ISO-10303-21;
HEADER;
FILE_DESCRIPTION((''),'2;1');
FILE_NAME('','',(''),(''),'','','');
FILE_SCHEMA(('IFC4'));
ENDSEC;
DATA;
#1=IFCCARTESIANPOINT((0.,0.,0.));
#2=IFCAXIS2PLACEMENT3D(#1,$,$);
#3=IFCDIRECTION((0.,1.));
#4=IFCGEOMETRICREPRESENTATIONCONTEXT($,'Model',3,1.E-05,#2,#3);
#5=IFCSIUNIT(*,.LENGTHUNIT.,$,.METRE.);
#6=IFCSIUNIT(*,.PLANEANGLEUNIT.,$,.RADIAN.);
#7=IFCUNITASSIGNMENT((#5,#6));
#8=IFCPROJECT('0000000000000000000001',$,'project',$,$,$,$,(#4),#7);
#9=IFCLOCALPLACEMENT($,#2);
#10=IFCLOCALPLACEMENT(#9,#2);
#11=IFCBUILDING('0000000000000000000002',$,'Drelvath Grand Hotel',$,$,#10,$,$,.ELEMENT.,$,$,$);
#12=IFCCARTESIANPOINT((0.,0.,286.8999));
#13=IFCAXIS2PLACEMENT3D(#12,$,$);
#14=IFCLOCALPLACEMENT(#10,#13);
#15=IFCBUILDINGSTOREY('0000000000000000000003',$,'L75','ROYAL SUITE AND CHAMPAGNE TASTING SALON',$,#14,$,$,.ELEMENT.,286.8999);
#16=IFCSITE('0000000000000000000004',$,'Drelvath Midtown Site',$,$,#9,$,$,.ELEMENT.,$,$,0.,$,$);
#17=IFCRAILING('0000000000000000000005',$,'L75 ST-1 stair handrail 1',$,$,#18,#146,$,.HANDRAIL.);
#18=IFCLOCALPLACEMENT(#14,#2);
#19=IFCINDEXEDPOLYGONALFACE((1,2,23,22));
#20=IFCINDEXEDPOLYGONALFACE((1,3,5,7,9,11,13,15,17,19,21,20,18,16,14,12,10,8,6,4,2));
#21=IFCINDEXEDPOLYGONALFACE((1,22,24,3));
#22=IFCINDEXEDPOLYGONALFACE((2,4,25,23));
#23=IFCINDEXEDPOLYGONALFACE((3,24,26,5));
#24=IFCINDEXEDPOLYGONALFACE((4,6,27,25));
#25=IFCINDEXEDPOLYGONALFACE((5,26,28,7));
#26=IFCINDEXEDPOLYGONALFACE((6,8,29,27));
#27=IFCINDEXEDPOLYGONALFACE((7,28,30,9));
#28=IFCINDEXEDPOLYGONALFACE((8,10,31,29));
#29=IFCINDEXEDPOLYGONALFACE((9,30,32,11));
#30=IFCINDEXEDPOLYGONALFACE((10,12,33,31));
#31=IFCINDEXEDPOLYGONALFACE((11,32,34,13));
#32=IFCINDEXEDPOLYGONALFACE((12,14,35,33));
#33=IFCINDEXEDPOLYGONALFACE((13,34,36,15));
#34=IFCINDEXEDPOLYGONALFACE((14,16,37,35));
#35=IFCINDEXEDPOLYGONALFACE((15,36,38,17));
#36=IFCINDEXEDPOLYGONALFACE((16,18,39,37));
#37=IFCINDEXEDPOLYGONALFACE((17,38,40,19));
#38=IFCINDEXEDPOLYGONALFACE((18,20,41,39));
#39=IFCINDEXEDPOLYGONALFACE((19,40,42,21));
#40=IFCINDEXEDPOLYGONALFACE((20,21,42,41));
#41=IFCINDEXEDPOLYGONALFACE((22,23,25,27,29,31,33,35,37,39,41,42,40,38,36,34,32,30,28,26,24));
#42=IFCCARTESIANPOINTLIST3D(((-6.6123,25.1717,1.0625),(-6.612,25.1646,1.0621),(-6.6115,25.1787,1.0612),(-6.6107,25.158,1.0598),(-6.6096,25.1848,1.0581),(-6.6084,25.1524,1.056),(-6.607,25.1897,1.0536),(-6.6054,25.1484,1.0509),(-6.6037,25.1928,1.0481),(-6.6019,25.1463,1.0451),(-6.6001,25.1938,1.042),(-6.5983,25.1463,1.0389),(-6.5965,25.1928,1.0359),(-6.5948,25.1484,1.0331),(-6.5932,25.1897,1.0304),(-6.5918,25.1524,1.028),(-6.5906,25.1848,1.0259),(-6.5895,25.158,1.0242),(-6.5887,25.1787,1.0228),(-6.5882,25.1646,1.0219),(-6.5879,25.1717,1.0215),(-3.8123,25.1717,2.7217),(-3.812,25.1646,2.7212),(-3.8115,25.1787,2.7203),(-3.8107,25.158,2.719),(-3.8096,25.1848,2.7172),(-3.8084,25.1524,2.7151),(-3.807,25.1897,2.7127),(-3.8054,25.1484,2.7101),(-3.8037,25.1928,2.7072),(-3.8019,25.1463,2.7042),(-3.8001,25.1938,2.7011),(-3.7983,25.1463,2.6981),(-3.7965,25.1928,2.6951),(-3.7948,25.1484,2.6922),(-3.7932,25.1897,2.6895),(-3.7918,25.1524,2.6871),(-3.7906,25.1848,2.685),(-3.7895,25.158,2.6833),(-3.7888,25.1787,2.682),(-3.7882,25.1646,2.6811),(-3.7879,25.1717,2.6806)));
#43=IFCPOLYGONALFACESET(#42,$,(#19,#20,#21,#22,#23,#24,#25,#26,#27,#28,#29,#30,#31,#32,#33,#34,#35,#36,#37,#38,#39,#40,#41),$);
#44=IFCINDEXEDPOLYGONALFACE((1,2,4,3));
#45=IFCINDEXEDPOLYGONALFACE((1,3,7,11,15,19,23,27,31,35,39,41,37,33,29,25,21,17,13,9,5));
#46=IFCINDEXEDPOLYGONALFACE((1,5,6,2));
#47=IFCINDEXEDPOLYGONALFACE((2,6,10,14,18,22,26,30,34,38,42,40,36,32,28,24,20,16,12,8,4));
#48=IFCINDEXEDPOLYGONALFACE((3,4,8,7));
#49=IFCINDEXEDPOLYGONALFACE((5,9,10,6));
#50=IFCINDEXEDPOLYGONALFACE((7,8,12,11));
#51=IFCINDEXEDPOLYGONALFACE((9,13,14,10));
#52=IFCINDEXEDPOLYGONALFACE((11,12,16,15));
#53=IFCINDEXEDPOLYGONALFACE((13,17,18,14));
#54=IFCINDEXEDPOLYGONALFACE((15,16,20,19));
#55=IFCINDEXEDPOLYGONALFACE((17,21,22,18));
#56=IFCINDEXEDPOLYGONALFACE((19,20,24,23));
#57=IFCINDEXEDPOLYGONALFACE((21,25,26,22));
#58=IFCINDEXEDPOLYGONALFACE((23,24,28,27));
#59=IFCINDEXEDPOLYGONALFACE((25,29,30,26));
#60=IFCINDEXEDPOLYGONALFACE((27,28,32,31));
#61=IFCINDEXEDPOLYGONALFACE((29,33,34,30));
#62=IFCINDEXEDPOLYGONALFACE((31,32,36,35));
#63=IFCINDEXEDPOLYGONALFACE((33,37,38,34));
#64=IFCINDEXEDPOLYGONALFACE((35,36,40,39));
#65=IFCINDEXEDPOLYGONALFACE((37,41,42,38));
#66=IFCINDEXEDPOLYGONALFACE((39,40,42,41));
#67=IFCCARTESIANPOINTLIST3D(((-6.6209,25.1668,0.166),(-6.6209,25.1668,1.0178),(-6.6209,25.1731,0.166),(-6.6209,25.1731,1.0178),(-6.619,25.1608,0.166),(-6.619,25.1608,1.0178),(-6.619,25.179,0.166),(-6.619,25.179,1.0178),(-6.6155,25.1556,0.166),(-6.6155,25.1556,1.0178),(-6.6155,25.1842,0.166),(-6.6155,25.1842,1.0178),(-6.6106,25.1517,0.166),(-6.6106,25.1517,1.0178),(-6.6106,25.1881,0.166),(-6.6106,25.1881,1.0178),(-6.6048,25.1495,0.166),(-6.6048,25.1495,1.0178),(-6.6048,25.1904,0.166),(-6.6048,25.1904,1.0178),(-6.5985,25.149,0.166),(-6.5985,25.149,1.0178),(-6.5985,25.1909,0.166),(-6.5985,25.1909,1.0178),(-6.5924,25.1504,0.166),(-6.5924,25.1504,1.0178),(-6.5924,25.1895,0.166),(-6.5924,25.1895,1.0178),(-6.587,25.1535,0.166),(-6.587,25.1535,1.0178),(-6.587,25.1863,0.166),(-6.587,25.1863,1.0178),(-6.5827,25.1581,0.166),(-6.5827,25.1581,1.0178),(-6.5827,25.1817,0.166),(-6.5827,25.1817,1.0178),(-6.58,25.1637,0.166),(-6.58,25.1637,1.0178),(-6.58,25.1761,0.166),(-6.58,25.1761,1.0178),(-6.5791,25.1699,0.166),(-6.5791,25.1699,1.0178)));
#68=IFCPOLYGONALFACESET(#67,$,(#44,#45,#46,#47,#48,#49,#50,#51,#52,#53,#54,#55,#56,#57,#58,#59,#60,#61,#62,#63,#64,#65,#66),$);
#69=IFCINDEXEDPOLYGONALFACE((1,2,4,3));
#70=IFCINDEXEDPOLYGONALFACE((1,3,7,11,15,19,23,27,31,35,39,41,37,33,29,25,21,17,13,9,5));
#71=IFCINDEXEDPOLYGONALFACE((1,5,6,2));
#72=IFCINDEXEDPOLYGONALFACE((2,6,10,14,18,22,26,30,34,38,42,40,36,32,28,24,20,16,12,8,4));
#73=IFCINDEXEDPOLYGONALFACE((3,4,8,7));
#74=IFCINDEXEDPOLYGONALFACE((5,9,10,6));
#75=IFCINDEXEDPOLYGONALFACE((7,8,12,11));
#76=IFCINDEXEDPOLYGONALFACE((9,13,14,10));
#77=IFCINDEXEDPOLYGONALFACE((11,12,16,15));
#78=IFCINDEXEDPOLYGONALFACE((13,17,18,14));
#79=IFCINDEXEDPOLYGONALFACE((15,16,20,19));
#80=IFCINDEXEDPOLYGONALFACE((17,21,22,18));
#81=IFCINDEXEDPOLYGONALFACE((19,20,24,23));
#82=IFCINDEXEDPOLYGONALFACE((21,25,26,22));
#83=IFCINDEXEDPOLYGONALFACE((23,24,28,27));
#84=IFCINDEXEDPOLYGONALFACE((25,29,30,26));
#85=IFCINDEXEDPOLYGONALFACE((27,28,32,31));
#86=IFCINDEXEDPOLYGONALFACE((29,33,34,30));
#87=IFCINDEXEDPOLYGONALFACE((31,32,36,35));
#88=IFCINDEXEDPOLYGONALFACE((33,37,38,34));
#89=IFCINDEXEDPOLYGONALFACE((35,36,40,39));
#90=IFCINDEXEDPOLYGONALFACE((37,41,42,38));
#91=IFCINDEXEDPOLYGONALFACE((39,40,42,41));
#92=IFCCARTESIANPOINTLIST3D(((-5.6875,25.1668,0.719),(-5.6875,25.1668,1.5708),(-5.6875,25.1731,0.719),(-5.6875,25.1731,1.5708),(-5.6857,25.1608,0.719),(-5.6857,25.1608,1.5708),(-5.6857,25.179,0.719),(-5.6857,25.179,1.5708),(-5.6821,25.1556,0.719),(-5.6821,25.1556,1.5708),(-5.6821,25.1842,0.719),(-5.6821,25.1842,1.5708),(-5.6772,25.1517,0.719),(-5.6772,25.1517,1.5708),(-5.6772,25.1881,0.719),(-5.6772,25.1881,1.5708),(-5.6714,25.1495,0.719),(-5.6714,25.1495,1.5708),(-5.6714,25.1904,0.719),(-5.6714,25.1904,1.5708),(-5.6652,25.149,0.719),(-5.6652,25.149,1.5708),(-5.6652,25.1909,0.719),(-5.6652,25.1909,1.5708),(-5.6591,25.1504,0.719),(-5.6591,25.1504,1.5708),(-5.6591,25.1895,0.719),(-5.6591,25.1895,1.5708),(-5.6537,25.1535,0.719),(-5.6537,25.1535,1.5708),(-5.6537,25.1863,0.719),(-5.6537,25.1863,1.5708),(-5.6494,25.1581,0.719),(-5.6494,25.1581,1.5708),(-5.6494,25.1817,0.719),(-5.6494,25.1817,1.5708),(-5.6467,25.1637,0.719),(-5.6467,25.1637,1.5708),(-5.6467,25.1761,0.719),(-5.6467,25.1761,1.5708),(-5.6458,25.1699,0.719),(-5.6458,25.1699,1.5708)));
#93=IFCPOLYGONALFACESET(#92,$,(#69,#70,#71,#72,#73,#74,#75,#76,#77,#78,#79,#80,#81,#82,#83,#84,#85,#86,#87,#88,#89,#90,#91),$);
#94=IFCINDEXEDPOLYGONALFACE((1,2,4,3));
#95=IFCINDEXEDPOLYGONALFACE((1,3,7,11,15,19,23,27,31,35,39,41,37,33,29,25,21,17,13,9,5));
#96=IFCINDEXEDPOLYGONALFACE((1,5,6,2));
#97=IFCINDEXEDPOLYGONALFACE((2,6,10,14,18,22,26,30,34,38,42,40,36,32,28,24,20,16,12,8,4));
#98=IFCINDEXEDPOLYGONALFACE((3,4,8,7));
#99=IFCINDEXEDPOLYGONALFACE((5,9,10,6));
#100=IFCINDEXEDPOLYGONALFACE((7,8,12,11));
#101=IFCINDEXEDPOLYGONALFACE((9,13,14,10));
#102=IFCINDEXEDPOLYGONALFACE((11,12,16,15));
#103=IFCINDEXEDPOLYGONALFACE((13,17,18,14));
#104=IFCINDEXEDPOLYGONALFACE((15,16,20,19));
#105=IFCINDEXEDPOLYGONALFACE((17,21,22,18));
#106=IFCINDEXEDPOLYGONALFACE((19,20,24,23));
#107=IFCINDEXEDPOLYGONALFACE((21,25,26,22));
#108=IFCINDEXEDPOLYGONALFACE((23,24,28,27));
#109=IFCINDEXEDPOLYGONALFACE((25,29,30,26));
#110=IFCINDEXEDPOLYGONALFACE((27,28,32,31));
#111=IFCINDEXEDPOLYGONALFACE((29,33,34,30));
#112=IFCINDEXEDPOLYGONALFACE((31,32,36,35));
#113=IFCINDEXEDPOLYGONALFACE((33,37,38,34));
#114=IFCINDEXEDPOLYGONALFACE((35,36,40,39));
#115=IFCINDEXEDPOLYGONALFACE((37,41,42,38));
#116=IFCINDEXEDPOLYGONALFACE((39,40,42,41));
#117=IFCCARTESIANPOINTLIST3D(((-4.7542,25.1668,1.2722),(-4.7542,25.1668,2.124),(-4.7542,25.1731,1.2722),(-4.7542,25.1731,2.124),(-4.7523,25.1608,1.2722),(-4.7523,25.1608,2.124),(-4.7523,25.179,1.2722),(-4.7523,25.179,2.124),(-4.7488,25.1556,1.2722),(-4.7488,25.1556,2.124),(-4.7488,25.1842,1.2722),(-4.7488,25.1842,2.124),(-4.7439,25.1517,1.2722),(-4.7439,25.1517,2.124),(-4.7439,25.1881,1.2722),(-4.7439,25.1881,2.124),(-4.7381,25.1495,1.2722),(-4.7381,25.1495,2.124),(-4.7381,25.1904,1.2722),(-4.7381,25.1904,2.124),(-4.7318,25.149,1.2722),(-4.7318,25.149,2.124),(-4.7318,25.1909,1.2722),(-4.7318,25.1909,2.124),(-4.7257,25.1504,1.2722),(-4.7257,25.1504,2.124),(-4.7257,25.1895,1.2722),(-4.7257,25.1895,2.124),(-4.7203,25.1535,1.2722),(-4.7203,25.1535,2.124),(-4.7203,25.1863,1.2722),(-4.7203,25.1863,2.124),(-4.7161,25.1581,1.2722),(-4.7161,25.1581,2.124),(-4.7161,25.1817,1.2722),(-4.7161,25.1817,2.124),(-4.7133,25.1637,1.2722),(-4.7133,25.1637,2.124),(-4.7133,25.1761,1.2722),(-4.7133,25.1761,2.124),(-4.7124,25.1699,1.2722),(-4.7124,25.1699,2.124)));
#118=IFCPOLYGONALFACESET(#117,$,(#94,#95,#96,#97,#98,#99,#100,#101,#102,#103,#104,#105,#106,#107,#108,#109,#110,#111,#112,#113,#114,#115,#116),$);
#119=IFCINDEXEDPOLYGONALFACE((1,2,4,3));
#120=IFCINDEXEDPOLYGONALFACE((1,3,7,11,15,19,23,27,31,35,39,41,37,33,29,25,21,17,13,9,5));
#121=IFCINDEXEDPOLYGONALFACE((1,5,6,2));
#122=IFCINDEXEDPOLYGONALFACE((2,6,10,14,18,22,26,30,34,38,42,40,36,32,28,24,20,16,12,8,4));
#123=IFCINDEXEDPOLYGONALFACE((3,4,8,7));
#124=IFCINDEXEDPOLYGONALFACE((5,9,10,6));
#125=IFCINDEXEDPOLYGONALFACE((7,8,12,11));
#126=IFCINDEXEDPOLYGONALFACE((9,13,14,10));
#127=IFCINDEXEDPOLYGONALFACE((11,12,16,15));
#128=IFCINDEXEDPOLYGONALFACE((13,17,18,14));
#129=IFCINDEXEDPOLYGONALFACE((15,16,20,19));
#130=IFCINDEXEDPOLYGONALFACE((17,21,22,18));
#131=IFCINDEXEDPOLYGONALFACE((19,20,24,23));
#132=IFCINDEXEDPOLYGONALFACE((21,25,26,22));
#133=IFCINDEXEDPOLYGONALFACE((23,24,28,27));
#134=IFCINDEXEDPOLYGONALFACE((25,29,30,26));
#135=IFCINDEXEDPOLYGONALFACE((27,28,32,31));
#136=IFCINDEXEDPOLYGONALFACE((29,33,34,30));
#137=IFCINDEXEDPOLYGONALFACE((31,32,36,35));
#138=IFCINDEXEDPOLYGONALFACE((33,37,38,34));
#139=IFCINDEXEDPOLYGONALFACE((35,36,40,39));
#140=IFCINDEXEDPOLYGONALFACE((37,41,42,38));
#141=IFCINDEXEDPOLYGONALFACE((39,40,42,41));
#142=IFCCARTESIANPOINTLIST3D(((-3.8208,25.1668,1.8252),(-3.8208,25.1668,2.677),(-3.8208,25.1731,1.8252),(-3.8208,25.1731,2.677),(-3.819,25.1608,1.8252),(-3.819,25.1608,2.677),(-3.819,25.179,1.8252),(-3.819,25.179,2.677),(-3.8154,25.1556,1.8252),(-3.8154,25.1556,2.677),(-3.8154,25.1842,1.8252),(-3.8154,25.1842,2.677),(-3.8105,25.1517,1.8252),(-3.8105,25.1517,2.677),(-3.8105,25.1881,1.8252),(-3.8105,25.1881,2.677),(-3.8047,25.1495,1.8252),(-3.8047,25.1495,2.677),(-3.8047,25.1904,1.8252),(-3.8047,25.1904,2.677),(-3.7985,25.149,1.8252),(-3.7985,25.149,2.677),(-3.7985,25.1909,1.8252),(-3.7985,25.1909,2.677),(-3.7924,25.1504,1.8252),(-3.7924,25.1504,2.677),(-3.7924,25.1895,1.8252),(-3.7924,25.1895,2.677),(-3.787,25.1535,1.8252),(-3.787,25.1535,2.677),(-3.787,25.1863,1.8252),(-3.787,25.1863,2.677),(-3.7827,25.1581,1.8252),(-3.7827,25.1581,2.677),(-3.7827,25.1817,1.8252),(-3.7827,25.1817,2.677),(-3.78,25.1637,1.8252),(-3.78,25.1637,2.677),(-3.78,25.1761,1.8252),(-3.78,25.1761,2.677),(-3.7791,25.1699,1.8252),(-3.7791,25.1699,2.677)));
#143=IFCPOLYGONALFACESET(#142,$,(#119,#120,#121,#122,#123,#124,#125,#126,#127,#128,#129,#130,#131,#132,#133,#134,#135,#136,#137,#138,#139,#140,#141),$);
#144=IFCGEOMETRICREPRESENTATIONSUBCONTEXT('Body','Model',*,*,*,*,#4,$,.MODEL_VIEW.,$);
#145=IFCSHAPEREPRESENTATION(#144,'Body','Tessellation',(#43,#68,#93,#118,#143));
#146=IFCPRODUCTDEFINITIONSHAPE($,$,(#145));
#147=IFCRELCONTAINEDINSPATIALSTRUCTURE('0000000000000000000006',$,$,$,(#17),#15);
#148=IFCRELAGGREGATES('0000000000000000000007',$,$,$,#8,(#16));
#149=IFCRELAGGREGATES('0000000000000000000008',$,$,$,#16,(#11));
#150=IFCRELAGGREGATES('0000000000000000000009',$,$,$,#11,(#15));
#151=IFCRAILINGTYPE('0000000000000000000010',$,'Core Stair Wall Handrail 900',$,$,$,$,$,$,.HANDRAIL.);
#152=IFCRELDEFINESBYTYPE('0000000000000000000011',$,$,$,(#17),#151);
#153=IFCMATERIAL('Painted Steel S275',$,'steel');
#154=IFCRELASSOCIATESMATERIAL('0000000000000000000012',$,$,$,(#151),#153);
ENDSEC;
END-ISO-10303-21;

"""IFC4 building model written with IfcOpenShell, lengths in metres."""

from ifc_helpers import new_model, si_unit, direction, frame, origin, origin_2d, place, context, subcontext, project, spatial, circle, extrude, material, type_object, element, save


model = new_model("IFC4")

# Units and contexts
model_context = context("Model", 3, precision=1e-05, world=origin(), true_north=direction((0.0, 1.0)))
body_context = subcontext(model_context, "Body", "Model", "MODEL_VIEW")
ifc_project = project(units=[si_unit("LENGTHUNIT", "METRE"), si_unit("PLANEANGLEUNIT", "RADIAN")], contexts=[model_context])

# Site, building, storey
site_placement = place(None, origin())
site = spatial("IfcSite", under=ifc_project, at=site_placement, Name="Drelvath Midtown Site", CompositionType="ELEMENT", RefElevation=0.0)
building_placement = place(site_placement, origin())
building = spatial("IfcBuilding", under=site, at=building_placement, Name="Drelvath Grand Hotel", CompositionType="ELEMENT")
storey_placement = place(building_placement, frame((0.0, 0.0, 286.8999)))
storey = spatial("IfcBuildingStorey", under=building, at=storey_placement, Name="L75", Description="ROYAL SUITE AND CHAMPAGNE TASTING SALON", CompositionType="ELEMENT", Elevation=286.8999)

# Shared definitions
ifc_material_1 = material(Name="Painted Steel S275", Category="steel")

# Railing
railing_type_1 = type_object("IfcRailingType", Name="Core Stair Wall Handrail 900", PredefinedType="HANDRAIL", material=ifc_material_1)
railing_1_placement = place(storey_placement, frame((-6.6001, 25.1699, 0.166)))
element("IfcRailing", 1, at=railing_1_placement, inside=storey, type_object=railing_type_1, Name="L75 ST-1 stair handrail 1", PredefinedType="HANDRAIL", context=body_context, shape_type="SweptSolid", body=[
    extrude(circle(Radius=0.0239, at=origin_2d()), frame((0.0, 0.0, 0.876), z_axis=(0.860306, 0.0, 0.509778), x_axis=(0.0, 1.0, 0.0)), (0.0, 0.0, 1.0), 3.2546),
    extrude(circle(Radius=0.021, at=origin_2d()), origin(), (0.0, 0.0, 1.0), 0.8518),
    extrude(circle(Radius=0.021, at=origin_2d()), frame((0.9333, 0.0, 0.553)), (0.0, 0.0, 1.0), 0.8518),
    extrude(circle(Radius=0.021, at=origin_2d()), frame((1.8667, 0.0, 1.1062)), (0.0, 0.0, 1.0), 0.8518),
    extrude(circle(Radius=0.021, at=origin_2d()), frame((2.8, 0.0, 1.6592)), (0.0, 0.0, 1.0), 0.8518),
])

save(model, "model.ifc")
